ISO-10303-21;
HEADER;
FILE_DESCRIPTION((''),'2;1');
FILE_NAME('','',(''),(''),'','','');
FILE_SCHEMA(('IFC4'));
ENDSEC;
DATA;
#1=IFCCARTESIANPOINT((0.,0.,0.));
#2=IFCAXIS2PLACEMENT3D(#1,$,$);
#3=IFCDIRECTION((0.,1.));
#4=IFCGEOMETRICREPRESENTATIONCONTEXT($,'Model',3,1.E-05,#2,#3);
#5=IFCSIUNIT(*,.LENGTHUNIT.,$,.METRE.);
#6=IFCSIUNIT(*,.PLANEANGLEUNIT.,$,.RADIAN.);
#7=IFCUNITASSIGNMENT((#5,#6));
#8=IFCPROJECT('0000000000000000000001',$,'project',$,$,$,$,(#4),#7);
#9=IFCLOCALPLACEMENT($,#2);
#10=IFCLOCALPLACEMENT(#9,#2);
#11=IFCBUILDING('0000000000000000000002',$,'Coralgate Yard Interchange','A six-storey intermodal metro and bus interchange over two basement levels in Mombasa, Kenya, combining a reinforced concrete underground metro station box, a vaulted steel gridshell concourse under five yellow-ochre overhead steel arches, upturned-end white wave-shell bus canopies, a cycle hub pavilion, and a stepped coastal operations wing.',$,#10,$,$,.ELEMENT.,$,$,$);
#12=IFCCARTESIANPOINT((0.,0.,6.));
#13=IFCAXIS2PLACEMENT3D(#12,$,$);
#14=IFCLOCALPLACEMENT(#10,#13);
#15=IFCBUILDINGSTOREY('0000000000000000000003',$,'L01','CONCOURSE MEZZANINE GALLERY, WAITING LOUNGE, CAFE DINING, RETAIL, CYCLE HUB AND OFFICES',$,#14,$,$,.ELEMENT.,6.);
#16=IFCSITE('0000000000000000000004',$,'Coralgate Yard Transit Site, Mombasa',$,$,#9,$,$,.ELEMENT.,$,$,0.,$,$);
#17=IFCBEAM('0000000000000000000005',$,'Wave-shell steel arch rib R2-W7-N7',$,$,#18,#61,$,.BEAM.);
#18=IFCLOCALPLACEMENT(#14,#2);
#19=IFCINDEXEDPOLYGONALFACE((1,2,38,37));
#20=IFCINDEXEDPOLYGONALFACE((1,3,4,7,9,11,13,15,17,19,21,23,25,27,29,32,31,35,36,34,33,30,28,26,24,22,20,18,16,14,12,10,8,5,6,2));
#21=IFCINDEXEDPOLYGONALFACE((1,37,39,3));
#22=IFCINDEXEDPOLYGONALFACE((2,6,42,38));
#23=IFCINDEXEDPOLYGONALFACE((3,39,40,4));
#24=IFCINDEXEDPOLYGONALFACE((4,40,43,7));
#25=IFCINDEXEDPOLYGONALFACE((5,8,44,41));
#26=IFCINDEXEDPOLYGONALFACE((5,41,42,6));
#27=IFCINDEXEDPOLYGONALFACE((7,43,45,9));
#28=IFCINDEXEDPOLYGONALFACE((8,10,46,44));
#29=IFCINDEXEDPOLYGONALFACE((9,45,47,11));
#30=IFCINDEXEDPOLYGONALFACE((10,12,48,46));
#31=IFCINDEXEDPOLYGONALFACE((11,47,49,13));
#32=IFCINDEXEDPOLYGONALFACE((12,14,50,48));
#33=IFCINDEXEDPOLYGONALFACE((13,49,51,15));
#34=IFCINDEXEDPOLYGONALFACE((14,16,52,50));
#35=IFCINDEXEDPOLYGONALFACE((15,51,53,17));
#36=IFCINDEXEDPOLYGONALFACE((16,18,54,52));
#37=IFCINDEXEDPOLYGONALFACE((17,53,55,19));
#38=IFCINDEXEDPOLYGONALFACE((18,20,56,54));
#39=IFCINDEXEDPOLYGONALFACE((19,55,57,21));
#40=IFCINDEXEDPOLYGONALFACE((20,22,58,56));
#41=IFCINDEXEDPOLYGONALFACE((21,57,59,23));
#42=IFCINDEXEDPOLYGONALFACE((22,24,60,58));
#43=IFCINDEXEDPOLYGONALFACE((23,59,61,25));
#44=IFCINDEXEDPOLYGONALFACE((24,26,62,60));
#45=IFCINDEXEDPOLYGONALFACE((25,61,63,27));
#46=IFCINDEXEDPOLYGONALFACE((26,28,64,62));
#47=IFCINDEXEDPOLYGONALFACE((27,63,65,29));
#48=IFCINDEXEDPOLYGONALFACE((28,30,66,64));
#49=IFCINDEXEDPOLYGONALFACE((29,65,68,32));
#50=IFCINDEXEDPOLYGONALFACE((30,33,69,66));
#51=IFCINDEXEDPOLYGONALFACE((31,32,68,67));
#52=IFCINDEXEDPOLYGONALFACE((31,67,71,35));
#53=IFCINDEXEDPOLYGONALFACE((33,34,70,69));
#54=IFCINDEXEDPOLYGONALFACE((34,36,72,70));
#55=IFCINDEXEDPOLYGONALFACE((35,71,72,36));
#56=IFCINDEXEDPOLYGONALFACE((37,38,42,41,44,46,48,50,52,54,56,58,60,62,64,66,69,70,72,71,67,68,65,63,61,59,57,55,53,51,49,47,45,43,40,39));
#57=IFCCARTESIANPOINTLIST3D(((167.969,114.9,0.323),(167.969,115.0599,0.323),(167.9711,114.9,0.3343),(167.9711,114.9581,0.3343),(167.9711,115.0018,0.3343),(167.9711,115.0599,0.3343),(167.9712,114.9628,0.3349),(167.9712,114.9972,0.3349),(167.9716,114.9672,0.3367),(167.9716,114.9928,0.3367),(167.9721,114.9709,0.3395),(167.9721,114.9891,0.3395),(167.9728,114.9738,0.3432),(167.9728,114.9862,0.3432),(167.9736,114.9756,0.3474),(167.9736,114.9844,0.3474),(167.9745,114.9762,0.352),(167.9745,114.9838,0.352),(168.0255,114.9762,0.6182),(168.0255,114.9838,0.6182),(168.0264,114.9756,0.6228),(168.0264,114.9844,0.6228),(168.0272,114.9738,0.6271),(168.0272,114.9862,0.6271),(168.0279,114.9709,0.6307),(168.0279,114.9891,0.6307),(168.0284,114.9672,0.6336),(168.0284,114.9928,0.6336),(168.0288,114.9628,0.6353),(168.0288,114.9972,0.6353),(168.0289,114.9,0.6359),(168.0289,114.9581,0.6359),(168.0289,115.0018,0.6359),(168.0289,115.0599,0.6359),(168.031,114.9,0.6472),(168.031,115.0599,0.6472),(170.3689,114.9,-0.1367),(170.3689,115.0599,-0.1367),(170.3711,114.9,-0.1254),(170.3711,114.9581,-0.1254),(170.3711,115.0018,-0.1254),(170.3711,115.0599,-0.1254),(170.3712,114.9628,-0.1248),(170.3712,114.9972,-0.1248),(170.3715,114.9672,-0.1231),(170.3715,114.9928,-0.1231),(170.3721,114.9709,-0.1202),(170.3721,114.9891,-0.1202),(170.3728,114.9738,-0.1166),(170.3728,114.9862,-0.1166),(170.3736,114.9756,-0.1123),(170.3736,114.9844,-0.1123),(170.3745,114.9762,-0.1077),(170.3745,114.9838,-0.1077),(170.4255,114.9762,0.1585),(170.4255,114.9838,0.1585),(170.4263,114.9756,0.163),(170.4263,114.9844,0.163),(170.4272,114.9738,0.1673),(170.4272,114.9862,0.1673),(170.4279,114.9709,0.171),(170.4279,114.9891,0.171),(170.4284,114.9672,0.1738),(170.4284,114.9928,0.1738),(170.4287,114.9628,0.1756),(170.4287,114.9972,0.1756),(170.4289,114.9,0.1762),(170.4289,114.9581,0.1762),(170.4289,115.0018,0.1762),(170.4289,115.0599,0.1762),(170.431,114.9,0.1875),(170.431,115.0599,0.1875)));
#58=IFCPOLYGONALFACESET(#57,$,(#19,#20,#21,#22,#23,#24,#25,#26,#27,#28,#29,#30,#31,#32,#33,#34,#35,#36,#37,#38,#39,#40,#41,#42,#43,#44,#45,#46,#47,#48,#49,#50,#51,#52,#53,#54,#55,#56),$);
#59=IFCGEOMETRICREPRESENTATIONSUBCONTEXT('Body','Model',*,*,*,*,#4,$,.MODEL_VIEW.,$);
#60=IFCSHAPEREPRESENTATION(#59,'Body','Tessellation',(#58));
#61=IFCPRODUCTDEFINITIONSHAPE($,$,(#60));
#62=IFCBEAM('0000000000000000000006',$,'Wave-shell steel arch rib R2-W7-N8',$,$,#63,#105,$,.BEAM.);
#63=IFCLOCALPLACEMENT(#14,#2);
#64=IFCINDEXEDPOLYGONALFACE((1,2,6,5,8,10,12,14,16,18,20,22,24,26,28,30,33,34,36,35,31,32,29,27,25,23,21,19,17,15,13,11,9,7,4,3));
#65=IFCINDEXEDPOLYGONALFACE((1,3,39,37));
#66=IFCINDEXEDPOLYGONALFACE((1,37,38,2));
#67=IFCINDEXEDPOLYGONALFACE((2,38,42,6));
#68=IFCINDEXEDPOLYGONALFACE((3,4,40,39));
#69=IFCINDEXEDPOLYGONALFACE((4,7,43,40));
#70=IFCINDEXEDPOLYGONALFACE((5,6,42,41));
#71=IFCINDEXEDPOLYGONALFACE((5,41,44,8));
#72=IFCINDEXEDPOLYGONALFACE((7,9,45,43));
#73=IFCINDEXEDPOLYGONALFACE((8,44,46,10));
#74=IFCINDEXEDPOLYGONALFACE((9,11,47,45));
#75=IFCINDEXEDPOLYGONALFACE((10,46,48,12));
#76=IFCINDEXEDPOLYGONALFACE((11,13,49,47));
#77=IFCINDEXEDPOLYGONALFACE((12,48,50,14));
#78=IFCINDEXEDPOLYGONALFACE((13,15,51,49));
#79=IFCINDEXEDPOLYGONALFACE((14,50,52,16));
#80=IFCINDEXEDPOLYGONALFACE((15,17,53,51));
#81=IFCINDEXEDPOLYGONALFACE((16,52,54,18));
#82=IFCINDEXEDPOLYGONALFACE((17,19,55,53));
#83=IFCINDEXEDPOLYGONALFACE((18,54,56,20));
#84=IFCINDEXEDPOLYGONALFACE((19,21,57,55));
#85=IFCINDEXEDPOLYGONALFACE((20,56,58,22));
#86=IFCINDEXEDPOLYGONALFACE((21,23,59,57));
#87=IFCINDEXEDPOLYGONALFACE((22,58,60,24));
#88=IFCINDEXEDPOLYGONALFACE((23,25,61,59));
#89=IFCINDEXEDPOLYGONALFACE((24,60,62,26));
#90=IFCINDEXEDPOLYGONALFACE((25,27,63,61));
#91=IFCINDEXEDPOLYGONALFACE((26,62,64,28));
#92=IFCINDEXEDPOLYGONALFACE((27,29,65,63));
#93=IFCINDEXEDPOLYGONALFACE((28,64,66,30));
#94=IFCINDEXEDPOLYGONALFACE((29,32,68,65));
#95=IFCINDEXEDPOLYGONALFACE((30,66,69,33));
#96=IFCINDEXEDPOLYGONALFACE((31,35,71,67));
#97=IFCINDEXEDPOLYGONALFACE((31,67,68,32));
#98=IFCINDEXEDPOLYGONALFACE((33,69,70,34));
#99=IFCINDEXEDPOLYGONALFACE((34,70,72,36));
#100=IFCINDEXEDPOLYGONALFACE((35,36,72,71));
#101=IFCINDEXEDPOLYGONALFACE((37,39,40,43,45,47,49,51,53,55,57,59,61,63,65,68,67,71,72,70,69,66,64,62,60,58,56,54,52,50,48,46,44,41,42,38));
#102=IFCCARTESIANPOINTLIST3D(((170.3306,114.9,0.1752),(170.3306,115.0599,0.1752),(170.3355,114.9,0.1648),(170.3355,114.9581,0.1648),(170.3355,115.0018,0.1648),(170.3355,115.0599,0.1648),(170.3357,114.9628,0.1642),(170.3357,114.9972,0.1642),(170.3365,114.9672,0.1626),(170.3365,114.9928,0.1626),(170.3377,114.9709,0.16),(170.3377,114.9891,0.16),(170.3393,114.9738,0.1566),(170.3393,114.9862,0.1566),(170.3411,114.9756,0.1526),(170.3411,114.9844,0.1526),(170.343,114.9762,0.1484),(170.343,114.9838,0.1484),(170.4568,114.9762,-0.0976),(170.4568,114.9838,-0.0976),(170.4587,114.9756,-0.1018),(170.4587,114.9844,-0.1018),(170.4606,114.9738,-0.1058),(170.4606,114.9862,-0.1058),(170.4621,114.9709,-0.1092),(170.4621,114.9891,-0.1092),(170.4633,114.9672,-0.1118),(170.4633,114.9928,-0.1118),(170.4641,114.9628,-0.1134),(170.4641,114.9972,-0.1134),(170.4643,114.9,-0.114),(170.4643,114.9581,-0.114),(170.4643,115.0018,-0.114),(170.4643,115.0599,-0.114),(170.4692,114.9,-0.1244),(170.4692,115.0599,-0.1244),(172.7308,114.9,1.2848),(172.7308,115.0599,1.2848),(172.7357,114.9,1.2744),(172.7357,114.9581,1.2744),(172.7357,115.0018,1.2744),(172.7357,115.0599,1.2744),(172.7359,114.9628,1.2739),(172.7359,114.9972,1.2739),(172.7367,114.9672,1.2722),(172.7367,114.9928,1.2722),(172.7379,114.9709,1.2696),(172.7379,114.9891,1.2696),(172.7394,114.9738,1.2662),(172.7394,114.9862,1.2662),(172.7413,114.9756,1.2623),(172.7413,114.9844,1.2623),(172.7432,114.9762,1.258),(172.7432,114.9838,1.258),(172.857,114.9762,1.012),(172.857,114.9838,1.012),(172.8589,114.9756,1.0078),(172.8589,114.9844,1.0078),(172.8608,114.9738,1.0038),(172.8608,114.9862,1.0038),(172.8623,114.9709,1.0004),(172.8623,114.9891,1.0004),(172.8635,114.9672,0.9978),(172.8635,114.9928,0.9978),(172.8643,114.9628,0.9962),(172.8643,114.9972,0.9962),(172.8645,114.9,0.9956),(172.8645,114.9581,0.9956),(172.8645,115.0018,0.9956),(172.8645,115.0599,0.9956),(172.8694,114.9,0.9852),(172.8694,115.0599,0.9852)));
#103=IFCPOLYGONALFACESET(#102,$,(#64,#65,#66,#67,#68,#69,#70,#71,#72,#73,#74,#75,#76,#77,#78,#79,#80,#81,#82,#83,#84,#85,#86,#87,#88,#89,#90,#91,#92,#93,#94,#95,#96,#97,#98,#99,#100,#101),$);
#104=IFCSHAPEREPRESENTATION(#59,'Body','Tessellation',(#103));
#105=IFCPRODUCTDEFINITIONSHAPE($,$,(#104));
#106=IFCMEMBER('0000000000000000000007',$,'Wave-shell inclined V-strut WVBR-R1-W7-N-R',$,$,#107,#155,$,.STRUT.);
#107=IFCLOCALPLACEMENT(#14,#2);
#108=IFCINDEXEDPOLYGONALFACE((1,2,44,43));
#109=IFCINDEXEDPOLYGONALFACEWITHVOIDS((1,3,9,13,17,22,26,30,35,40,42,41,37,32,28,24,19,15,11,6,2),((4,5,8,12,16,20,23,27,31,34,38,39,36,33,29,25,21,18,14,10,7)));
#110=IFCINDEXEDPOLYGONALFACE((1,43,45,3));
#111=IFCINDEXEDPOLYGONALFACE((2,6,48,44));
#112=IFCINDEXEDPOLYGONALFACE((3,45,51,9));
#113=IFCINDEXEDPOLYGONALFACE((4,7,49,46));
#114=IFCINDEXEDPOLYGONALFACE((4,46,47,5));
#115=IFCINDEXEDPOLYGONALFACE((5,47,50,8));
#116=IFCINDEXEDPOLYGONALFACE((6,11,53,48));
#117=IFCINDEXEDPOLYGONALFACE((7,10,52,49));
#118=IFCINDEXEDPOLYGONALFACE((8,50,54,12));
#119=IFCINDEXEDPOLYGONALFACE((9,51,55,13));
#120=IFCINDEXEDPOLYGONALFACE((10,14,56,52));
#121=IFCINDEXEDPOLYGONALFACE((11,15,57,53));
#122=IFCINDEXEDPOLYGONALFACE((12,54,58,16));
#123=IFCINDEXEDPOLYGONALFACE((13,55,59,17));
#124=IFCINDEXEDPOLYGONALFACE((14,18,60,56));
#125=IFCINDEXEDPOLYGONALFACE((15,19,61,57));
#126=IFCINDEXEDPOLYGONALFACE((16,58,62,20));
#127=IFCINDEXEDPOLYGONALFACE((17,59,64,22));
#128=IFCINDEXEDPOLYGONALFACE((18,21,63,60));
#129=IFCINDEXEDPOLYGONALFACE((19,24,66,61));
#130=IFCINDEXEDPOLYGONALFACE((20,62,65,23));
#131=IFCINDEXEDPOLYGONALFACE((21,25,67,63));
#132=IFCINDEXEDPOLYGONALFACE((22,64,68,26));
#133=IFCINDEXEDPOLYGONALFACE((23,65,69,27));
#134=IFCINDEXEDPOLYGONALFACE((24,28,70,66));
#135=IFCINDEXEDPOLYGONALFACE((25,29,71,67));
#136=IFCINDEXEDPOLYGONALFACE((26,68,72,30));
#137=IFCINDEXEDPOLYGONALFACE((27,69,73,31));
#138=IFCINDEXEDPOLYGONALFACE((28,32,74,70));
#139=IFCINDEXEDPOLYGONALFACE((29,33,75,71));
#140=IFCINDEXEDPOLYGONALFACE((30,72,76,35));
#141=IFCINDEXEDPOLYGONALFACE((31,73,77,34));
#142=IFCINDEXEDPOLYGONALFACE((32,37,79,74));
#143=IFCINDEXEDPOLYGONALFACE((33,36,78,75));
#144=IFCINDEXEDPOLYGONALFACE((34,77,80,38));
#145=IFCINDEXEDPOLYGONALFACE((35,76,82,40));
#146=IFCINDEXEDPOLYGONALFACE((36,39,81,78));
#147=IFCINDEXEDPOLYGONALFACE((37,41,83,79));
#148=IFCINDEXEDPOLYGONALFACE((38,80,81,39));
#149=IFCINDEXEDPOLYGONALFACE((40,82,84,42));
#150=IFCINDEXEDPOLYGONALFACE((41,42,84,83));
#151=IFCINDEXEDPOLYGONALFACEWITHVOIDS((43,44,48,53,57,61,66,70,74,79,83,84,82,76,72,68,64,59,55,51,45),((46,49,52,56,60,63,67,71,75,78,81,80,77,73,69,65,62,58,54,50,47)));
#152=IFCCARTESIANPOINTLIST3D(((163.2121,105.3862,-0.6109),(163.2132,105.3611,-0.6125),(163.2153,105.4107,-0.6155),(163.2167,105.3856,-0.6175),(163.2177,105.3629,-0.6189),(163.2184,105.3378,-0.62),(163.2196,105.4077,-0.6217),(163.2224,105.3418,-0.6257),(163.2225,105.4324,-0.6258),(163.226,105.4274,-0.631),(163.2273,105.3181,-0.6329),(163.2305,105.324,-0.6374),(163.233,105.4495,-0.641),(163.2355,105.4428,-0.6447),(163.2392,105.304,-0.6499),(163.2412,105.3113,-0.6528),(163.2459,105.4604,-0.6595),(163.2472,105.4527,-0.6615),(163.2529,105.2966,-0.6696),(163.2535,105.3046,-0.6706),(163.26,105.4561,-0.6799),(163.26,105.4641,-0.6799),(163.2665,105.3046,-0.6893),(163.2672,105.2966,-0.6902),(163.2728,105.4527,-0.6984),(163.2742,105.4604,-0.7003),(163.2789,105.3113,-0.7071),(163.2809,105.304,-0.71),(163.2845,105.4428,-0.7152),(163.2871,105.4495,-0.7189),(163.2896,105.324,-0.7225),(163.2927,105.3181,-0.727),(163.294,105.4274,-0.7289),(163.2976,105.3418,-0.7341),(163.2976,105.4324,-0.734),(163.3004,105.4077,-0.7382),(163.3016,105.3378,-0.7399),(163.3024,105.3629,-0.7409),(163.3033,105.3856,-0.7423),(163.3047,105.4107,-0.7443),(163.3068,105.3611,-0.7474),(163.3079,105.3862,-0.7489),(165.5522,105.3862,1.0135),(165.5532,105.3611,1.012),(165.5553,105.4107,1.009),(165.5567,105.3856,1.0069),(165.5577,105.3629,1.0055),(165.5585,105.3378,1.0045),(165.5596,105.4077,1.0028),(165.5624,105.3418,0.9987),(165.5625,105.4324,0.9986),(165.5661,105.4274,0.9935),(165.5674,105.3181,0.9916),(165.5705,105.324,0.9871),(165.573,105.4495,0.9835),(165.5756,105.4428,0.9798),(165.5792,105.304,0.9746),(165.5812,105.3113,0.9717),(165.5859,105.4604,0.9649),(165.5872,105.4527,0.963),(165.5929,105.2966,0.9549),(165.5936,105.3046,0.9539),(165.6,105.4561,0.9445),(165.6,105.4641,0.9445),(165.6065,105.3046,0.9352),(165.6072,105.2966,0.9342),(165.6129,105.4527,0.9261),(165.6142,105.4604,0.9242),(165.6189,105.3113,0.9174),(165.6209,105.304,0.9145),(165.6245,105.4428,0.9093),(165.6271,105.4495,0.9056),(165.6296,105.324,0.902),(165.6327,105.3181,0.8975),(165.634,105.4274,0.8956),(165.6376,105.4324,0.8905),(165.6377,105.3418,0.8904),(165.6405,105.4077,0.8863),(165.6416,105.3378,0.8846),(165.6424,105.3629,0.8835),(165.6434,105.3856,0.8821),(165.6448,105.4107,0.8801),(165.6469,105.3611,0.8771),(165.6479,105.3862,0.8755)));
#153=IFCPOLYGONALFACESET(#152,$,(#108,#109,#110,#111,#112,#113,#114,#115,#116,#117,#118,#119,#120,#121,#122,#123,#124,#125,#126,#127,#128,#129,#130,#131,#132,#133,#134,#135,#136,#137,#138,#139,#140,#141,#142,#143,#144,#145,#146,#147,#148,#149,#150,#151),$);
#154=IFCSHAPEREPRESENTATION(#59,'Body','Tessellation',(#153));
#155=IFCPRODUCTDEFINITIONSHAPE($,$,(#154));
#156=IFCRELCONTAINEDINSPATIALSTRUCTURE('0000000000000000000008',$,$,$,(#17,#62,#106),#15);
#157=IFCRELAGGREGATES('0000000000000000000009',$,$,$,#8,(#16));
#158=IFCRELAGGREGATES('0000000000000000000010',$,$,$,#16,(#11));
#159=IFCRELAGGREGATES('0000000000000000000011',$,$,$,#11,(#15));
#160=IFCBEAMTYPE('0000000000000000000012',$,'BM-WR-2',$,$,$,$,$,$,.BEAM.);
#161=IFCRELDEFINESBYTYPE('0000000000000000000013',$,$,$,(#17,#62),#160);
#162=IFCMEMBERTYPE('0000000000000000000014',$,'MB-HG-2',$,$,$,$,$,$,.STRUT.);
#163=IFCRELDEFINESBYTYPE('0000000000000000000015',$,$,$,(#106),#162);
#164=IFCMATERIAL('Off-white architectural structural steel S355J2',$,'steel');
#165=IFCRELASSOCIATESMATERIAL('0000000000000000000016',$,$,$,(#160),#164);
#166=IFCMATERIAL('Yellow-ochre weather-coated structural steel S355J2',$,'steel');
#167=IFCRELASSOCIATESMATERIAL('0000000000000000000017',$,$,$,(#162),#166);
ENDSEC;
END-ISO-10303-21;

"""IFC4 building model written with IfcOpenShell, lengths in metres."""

from ifc_helpers import new_model, si_unit, direction, frame, origin, origin_2d, place, context, subcontext, project, spatial, hollow_circle, i_section, extrude, material, material_profile, profile_set, type_object, element, save


model = new_model("IFC4")

# Units and contexts
model_context = context("Model", 3, precision=1e-05, world=origin(), true_north=direction((0.0, 1.0)))
body_context = subcontext(model_context, "Body", "Model", "MODEL_VIEW")
ifc_project = project(units=[si_unit("LENGTHUNIT", "METRE"), si_unit("PLANEANGLEUNIT", "RADIAN")], contexts=[model_context])

# Site, building, storey
site_placement = place(None, origin())
site = spatial("IfcSite", under=ifc_project, at=site_placement, Name="Coralgate Yard Transit Site, Mombasa", CompositionType="ELEMENT", RefElevation=0.0)
building_placement = place(site_placement, origin())
building = spatial("IfcBuilding", under=site, at=building_placement, Name="Coralgate Yard Interchange", Description="A six-storey intermodal metro and bus interchange over two basement levels in Mombasa, Kenya, combining a reinforced concrete underground metro station box, a vaulted steel gridshell concourse under five yellow-ochre overhead steel arches, upturned-end white wave-shell bus canopies, a cycle hub pavilion, and a stepped coastal operations wing.", CompositionType="ELEMENT")
storey_placement = place(building_placement, frame((0.0, 0.0, 6.0)))
storey = spatial("IfcBuildingStorey", under=building, at=storey_placement, Name="L01", Description="CONCOURSE MEZZANINE GALLERY, WAITING LOUNGE, CAFE DINING, RETAIL, CYCLE HUB AND OFFICES", CompositionType="ELEMENT", Elevation=6.0)

# Beams
ifc_material_1 = material(Name="Off-white architectural structural steel S355J2", Category="steel")
ifc_material_profile_1 = material_profile(ifc_material_1, i_section(OverallWidth=0.1599, OverallDepth=0.3301, WebThickness=0.0076, FlangeThickness=0.0115, FilletRadius=0.0181, at=origin_2d()), Name="IPE 330")
ifc_profile_set_1 = profile_set([ifc_material_profile_1], Name="Off-white architectural structural steel S355J2")
beam_type_1 = type_object("IfcBeamType", Name="BM-WR-2", PredefinedType="BEAM", material=ifc_profile_set_1)
for number, where, z_axis, x_axis, name in (
    (1, (168.0, 114.98, 0.4851), (0.982143, 0.0, -0.188136), (0.0, 1.0, 0.0), "Wave-shell steel arch rib R2-W7-N7"),
):
    element("IfcBeam", number, at=place(storey_placement, frame(where, z_axis=z_axis, x_axis=x_axis)), inside=storey, type_object=beam_type_1, Name=name, PredefinedType="BEAM", context=body_context, shape_type="SweptSolid", body=[
        extrude(i_section(OverallWidth=0.1599, OverallDepth=0.3301, WebThickness=0.0076, FlangeThickness=0.0115, FilletRadius=0.0181, at=origin_2d()), origin(), (0.0, 0.0, 1.0), 2.4436),
    ])
beam_1_placement = place(storey_placement, frame((170.3999, 114.98, 0.0254), z_axis=(0.907692, 0.0, 0.419638), x_axis=(0.0, 1.0, 0.0)))
element("IfcBeam", 2, at=beam_1_placement, inside=storey, type_object=beam_type_1, Name="Wave-shell steel arch rib R2-W7-N8", PredefinedType="BEAM", context=body_context, shape_type="SweptSolid", body=[
    extrude(i_section(OverallWidth=0.1599, OverallDepth=0.3301, WebThickness=0.0076, FlangeThickness=0.0115, FilletRadius=0.0181, at=origin_2d()), origin(), (0.0, 0.0, 1.0), 2.6443),
])

# Member
ifc_material_2 = material(Name="Yellow-ochre weather-coated structural steel S355J2", Category="steel")
ifc_material_profile_2 = material_profile(ifc_material_2, hollow_circle(Radius=0.0842, WallThickness=0.0081, at=origin_2d()), Name="CHS 168.3x8")
ifc_profile_set_2 = profile_set([ifc_material_profile_2], Name="Yellow-ochre weather-coated structural steel S355J2")
member_type_1 = type_object("IfcMemberType", Name="MB-HG-2", PredefinedType="STRUT", material=ifc_profile_set_2)
member_1_placement = place(storey_placement, frame((163.26, 105.3799, -0.6799), z_axis=(0.82146, 0.0, 0.570266), x_axis=(0.0, 1.0, 0.0)))
element("IfcMember", 3, at=member_1_placement, inside=storey, type_object=member_type_1, Name="Wave-shell inclined V-strut WVBR-R1-W7-N-R", PredefinedType="STRUT", context=body_context, shape_type="SweptSolid", body=[
    extrude(hollow_circle(Radius=0.0842, WallThickness=0.0081, at=origin_2d()), origin(), (0.0, 0.0, 1.0), 2.8486),
])

save(model, "model.ifc")
